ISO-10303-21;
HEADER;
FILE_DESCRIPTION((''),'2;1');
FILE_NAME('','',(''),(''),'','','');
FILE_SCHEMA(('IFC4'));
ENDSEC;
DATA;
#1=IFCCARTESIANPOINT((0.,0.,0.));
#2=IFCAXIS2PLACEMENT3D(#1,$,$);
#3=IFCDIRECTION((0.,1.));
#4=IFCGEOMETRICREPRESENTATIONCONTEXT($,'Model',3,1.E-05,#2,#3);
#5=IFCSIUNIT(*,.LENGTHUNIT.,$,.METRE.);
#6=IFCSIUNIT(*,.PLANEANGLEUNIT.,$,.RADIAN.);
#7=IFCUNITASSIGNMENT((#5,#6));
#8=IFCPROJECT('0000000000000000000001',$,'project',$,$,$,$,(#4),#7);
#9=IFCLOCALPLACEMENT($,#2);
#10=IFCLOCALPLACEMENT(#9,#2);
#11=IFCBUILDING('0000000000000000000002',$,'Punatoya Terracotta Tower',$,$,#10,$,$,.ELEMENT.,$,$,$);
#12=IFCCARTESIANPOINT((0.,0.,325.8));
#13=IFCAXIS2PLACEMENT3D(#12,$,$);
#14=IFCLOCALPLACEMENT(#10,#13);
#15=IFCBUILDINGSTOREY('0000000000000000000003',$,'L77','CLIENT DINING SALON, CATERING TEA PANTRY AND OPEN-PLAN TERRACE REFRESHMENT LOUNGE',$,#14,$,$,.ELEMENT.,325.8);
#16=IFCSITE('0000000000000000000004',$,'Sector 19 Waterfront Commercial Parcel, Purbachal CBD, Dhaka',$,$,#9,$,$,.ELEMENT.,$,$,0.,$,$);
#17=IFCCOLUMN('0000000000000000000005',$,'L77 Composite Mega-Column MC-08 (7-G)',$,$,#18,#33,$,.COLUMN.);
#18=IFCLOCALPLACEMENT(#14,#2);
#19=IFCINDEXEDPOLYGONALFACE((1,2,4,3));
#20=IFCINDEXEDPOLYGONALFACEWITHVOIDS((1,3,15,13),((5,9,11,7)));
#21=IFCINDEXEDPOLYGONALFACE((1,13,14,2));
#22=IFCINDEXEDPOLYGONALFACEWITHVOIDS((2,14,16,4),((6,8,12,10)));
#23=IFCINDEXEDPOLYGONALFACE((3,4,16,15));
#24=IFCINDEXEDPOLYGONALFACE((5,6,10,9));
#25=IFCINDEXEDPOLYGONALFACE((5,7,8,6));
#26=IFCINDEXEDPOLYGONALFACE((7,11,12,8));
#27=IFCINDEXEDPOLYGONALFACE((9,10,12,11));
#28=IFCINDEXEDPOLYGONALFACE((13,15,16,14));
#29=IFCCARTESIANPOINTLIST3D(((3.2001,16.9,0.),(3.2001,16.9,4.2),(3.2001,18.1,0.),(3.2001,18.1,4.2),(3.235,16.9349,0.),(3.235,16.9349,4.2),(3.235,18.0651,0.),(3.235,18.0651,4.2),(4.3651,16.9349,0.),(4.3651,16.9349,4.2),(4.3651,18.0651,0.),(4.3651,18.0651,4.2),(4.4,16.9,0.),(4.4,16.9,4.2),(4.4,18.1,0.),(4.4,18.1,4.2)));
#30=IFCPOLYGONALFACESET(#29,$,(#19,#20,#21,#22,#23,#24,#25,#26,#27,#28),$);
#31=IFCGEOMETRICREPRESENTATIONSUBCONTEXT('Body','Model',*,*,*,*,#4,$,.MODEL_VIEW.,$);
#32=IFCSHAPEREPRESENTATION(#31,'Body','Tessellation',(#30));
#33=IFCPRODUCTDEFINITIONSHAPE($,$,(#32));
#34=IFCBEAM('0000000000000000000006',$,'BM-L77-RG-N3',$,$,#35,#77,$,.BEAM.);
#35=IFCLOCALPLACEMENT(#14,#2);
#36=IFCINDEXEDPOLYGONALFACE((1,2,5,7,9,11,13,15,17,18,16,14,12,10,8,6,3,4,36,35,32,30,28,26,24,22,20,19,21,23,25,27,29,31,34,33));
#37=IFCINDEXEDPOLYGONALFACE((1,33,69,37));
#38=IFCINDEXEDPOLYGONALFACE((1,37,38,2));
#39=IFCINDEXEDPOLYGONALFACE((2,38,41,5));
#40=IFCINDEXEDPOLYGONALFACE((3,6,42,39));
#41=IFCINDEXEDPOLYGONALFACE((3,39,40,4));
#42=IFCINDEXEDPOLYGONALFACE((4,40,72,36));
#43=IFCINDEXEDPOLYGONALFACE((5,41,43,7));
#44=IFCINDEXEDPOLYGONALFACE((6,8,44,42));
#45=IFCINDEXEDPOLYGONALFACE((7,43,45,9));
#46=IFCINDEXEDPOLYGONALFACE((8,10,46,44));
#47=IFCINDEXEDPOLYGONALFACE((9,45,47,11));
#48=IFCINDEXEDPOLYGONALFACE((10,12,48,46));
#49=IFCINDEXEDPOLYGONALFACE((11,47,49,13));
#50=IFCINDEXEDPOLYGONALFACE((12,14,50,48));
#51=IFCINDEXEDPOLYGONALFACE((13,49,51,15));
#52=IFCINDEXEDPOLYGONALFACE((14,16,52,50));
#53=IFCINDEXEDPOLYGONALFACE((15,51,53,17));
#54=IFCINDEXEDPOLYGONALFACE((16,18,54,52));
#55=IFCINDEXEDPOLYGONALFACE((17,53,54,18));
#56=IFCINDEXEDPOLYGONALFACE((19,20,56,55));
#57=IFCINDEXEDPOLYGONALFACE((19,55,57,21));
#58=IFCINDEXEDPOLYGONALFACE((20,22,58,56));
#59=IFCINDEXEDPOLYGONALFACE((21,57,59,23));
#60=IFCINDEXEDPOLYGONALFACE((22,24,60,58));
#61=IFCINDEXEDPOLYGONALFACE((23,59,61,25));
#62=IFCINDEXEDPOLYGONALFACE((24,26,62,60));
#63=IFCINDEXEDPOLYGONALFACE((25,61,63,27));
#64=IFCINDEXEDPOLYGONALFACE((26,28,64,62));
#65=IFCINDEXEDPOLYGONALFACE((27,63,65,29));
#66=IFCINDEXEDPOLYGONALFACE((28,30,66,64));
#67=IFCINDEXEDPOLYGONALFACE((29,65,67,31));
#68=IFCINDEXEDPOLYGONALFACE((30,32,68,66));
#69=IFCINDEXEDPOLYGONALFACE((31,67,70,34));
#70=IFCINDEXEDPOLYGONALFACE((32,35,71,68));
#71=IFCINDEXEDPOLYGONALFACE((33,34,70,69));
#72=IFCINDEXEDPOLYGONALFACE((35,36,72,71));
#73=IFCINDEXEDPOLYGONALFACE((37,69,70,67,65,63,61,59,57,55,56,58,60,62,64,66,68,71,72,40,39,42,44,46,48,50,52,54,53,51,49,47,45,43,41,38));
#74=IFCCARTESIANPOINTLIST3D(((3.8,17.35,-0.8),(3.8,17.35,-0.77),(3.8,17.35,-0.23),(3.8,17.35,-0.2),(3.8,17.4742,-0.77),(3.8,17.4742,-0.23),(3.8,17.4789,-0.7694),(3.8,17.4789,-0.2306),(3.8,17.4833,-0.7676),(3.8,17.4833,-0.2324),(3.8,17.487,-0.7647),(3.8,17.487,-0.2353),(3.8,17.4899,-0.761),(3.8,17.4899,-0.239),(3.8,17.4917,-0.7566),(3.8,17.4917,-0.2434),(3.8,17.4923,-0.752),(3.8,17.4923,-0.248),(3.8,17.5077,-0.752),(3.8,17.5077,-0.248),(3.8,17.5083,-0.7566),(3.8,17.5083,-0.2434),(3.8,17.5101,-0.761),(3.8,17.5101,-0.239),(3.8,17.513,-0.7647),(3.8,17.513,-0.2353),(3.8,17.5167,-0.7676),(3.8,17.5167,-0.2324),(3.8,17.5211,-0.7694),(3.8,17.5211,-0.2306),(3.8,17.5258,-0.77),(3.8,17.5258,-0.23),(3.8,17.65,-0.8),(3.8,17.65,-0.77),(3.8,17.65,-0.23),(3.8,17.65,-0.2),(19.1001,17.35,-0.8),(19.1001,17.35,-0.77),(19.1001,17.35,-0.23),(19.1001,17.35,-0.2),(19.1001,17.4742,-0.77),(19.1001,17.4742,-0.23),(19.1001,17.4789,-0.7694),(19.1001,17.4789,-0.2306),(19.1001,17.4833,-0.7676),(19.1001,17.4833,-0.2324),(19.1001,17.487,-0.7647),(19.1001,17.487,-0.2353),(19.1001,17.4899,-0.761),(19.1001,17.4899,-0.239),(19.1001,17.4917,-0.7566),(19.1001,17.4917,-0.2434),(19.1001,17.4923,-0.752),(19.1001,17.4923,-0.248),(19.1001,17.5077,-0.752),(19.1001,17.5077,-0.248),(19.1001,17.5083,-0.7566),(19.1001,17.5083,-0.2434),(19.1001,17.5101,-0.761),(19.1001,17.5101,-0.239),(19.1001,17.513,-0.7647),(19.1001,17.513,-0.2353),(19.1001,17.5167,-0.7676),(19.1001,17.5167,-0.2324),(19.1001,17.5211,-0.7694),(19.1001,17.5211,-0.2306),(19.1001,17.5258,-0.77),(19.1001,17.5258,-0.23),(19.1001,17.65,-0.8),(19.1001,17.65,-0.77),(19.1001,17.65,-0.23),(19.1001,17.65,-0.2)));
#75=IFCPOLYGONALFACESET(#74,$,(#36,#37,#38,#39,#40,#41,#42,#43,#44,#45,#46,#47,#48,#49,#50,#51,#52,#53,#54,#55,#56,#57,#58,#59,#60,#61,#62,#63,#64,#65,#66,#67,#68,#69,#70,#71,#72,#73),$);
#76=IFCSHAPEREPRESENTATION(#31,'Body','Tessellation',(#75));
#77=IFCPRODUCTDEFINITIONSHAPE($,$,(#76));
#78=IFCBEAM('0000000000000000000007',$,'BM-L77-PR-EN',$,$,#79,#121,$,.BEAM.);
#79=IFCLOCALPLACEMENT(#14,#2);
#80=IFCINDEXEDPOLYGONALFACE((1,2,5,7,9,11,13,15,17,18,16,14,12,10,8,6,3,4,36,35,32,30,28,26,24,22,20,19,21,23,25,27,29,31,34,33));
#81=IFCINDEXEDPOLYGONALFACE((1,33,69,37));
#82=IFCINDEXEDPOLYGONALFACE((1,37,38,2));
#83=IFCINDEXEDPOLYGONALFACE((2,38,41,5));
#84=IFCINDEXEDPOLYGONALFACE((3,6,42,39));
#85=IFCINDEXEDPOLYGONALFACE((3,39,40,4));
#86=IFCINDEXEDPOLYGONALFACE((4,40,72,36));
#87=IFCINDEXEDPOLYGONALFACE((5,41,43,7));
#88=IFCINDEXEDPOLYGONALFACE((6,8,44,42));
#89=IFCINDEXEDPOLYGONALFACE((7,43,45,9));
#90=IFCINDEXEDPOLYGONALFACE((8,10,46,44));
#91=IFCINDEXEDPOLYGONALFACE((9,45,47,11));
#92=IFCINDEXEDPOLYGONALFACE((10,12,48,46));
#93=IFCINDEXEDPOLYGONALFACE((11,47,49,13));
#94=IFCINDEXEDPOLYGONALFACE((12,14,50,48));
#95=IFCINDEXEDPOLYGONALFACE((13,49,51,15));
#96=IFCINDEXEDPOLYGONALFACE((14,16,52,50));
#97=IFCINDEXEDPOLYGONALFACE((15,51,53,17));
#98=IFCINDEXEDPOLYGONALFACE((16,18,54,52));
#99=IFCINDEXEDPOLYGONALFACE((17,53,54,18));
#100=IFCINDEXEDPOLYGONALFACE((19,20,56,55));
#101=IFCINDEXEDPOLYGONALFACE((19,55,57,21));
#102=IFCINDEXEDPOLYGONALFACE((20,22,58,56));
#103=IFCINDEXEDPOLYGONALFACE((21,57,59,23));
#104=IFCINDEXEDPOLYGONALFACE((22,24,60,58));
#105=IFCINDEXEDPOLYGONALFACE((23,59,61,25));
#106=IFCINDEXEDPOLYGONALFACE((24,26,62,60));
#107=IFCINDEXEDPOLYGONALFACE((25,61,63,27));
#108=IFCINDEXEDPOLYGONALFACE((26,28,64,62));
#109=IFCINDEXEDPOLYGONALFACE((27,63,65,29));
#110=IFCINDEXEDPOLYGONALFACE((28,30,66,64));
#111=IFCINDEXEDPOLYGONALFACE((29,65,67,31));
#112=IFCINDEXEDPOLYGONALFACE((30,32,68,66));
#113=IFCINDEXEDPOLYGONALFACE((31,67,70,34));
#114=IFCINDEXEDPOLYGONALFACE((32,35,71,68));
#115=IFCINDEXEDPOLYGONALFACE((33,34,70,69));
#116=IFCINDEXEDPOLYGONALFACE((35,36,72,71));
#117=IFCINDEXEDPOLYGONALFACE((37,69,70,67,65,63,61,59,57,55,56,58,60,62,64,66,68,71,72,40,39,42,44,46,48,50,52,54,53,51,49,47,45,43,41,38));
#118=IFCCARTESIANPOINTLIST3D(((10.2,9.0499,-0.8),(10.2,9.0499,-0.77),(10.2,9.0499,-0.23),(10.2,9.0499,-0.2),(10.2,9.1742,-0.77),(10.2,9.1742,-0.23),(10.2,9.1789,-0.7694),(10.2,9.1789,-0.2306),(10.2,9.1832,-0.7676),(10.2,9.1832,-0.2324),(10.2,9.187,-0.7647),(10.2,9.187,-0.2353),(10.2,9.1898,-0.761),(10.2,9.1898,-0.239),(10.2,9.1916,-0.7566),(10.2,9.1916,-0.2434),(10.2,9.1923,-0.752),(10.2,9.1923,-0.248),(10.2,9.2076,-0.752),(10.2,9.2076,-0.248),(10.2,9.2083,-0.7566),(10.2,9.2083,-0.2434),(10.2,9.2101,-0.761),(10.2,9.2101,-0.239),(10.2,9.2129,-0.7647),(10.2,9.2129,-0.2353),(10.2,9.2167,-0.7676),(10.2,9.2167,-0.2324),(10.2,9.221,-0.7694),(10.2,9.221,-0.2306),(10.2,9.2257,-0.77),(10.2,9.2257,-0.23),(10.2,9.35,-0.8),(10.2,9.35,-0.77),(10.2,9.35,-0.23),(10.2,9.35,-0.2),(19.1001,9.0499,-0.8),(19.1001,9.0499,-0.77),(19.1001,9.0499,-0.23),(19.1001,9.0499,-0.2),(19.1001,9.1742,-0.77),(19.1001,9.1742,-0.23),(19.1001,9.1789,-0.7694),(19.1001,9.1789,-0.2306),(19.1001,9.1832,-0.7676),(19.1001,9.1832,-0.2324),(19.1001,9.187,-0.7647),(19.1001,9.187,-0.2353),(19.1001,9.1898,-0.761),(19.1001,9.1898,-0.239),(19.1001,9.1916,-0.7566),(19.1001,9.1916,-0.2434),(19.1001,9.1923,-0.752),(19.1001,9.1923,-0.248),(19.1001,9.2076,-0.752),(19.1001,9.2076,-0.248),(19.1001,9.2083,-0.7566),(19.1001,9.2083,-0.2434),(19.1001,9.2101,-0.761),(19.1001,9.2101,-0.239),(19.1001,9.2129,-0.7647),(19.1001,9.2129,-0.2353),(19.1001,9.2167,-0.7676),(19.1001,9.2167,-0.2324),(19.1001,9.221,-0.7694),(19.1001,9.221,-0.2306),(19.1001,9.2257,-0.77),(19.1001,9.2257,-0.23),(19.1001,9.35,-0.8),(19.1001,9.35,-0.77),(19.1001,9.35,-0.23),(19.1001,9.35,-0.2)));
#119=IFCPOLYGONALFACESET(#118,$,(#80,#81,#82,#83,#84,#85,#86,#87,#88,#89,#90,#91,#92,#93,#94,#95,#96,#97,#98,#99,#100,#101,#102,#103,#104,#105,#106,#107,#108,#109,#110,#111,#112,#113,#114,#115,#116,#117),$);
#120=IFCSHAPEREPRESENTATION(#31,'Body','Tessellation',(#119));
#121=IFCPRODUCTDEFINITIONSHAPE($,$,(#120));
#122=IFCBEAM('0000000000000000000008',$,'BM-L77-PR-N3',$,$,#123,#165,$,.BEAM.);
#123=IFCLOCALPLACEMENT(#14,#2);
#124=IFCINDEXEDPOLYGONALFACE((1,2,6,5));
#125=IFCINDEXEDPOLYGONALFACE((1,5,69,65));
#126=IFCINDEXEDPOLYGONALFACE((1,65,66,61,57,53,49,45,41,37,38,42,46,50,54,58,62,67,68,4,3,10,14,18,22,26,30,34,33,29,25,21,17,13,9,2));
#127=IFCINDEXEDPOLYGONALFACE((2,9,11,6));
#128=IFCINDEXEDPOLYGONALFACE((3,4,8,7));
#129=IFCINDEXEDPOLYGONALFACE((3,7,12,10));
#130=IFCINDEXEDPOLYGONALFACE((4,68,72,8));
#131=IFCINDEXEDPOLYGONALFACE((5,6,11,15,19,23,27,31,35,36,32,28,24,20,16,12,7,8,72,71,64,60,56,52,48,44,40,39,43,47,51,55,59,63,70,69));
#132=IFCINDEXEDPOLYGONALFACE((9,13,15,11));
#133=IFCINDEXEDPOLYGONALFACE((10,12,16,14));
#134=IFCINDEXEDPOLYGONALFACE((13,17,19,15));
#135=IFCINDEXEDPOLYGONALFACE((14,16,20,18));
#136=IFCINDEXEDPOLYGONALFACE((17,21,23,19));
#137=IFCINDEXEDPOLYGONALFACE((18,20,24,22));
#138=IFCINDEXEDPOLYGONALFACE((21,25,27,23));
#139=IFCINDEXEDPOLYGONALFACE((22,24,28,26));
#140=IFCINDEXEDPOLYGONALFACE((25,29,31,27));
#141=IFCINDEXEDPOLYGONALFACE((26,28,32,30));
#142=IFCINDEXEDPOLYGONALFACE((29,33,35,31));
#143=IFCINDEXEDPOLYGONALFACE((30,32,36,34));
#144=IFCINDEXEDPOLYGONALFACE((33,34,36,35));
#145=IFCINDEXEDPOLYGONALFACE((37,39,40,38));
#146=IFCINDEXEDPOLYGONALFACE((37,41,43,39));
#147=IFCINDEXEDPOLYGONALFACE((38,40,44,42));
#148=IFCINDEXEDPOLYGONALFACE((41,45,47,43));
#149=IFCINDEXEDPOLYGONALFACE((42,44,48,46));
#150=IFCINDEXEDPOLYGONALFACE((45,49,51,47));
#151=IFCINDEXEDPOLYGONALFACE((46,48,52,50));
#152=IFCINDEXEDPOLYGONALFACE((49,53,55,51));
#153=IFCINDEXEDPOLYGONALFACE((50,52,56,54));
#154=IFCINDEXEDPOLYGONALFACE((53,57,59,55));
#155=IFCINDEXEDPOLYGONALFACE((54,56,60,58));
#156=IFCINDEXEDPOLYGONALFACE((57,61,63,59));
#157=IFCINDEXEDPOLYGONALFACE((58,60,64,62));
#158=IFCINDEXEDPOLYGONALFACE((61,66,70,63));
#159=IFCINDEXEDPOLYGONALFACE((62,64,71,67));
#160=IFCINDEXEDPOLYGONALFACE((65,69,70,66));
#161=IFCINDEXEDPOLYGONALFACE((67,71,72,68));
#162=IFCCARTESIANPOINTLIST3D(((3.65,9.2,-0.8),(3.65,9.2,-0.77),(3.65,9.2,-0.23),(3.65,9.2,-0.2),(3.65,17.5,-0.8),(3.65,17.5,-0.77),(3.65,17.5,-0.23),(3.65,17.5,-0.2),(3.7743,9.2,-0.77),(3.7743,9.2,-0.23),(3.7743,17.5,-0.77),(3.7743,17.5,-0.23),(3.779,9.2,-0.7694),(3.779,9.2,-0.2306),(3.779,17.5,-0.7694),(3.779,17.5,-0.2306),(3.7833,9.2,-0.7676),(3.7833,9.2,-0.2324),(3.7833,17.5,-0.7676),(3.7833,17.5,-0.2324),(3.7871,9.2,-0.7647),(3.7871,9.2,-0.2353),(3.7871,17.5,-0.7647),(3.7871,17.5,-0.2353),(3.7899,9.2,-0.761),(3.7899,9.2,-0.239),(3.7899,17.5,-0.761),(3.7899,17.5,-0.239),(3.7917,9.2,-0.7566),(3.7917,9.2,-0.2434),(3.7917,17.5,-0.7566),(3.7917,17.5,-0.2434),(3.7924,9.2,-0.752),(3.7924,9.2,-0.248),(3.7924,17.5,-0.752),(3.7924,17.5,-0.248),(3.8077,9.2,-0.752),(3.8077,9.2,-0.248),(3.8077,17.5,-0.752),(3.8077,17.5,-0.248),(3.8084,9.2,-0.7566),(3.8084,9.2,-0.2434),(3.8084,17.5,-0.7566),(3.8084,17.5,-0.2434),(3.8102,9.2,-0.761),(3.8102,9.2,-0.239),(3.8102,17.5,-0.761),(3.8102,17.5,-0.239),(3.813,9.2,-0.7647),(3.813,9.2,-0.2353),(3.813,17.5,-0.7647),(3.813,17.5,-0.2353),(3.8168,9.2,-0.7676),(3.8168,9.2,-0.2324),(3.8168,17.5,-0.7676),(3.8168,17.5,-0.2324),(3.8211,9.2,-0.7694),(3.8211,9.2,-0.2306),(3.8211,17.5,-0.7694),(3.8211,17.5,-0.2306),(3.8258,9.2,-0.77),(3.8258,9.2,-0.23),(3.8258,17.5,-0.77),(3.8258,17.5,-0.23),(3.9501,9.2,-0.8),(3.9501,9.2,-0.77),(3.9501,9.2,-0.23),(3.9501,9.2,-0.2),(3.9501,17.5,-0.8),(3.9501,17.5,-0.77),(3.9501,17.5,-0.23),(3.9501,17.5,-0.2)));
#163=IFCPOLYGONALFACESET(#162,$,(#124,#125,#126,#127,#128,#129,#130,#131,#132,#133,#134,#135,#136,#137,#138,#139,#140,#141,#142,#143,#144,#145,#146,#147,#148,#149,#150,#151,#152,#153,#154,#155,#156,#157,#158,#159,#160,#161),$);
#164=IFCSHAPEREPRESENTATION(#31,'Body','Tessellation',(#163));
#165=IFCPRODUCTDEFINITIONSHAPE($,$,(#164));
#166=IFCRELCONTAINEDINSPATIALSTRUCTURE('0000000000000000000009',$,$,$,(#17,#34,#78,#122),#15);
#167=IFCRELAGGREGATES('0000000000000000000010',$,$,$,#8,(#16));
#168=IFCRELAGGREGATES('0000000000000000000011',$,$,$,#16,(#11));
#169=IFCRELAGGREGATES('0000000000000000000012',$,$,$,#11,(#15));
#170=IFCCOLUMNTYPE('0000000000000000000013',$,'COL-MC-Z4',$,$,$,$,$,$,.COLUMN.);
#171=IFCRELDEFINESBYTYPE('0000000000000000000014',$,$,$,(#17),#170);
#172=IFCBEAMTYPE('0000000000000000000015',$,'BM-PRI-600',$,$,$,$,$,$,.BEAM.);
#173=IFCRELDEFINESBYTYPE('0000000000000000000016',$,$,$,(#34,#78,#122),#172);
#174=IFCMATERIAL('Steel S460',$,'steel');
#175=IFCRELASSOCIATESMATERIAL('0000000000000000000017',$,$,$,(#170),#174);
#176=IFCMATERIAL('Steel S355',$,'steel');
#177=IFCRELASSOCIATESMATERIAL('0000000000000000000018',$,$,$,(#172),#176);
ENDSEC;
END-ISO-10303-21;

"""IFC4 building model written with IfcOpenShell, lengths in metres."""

from ifc_helpers import new_model, si_unit, direction, frame, origin, origin_2d, place, context, subcontext, project, spatial, hollow_rectangle, i_section, extrude, material, material_profile, profile_set, type_object, element, save


model = new_model("IFC4")

# Units and contexts
model_context = context("Model", 3, precision=1e-05, world=origin(), true_north=direction((0.0, 1.0)))
body_context = subcontext(model_context, "Body", "Model", "MODEL_VIEW")
ifc_project = project(units=[si_unit("LENGTHUNIT", "METRE"), si_unit("PLANEANGLEUNIT", "RADIAN")], contexts=[model_context])

# Site, building, storey
site_placement = place(None, origin())
site = spatial("IfcSite", under=ifc_project, at=site_placement, Name="Sector 19 Waterfront Commercial Parcel, Purbachal CBD, Dhaka", CompositionType="ELEMENT", RefElevation=0.0)
building_placement = place(site_placement, origin())
building = spatial("IfcBuilding", under=site, at=building_placement, Name="Punatoya Terracotta Tower", CompositionType="ELEMENT")
storey_placement = place(building_placement, frame((0.0, 0.0, 325.8)))
storey = spatial("IfcBuildingStorey", under=building, at=storey_placement, Name="L77", Description="CLIENT DINING SALON, CATERING TEA PANTRY AND OPEN-PLAN TERRACE REFRESHMENT LOUNGE", CompositionType="ELEMENT", Elevation=325.8)

# Column
ifc_material_1 = material(Name="Steel S460", Category="steel")
ifc_material_profile_1 = material_profile(ifc_material_1, hollow_rectangle(XDim=1.2, YDim=1.2, WallThickness=0.0349, at=origin_2d()))
ifc_profile_set_1 = profile_set([ifc_material_profile_1], Name="Steel S460")
column_type = type_object("IfcColumnType", Name="COL-MC-Z4", PredefinedType="COLUMN", material=ifc_profile_set_1)
column_placement = place(storey_placement, frame((3.8, 17.5, 0.0), z_axis=(0.0, 0.0, 1.0), x_axis=(1.0, 0.0, 0.0)))
element("IfcColumn", 1, at=column_placement, inside=storey, type_object=column_type, Name="L77 Composite Mega-Column MC-08 (7-G)", PredefinedType="COLUMN", context=body_context, shape_type="SweptSolid", body=[
    extrude(hollow_rectangle(XDim=1.2, YDim=1.2, WallThickness=0.0349, at=origin_2d()), origin(), (0.0, 0.0, 1.0), 4.2),
])

# Beams
ifc_material_2 = material(Name="Steel S355", Category="steel")
ifc_material_profile_2 = material_profile(ifc_material_2, i_section(OverallWidth=0.3, OverallDepth=0.6001, WebThickness=0.0154, FlangeThickness=0.03, FilletRadius=0.0181, at=origin_2d()))
ifc_profile_set_2 = profile_set([ifc_material_profile_2], Name="Steel S355")
beam_type = type_object("IfcBeamType", Name="BM-PRI-600", PredefinedType="BEAM", material=ifc_profile_set_2)
beam_1_placement = place(storey_placement, frame((3.8, 17.5, -0.5), z_axis=(1.0, 0.0, 0.0), x_axis=(0.0, 1.0, 0.0)))
element("IfcBeam", 2, at=beam_1_placement, inside=storey, type_object=beam_type, Name="BM-L77-RG-N3", PredefinedType="BEAM", context=body_context, shape_type="SweptSolid", body=[
    extrude(i_section(OverallWidth=0.3, OverallDepth=0.6001, WebThickness=0.0154, FlangeThickness=0.03, FilletRadius=0.0181, at=origin_2d()), origin(), (0.0, 0.0, 1.0), 15.3),
])
beam_2_placement = place(storey_placement, frame((10.2, 9.2, -0.5), z_axis=(1.0, 0.0, 0.0), x_axis=(0.0, 1.0, 0.0)))
element("IfcBeam", 3, at=beam_2_placement, inside=storey, type_object=beam_type, Name="BM-L77-PR-EN", PredefinedType="BEAM", context=body_context, shape_type="SweptSolid", body=[
    extrude(i_section(OverallWidth=0.3, OverallDepth=0.6001, WebThickness=0.0154, FlangeThickness=0.03, FilletRadius=0.0181, at=origin_2d()), origin(), (0.0, 0.0, 1.0), 8.9001),
])
for number, where, z_axis, x_axis, name in (
    (4, (3.8, 9.2, -0.5), (0.0, 1.0, 0.0), (-1.0, 0.0, 0.0), "BM-L77-PR-N3"),
):
    element("IfcBeam", number, at=place(storey_placement, frame(where, z_axis=z_axis, x_axis=x_axis)), inside=storey, type_object=beam_type, Name=name, PredefinedType="BEAM", context=body_context, shape_type="SweptSolid", body=[
        extrude(i_section(OverallWidth=0.3, OverallDepth=0.6001, WebThickness=0.0154, FlangeThickness=0.03, FilletRadius=0.0181, at=origin_2d()), origin(), (0.0, 0.0, 1.0), 8.3),
    ])

save(model, "model.ifc")
